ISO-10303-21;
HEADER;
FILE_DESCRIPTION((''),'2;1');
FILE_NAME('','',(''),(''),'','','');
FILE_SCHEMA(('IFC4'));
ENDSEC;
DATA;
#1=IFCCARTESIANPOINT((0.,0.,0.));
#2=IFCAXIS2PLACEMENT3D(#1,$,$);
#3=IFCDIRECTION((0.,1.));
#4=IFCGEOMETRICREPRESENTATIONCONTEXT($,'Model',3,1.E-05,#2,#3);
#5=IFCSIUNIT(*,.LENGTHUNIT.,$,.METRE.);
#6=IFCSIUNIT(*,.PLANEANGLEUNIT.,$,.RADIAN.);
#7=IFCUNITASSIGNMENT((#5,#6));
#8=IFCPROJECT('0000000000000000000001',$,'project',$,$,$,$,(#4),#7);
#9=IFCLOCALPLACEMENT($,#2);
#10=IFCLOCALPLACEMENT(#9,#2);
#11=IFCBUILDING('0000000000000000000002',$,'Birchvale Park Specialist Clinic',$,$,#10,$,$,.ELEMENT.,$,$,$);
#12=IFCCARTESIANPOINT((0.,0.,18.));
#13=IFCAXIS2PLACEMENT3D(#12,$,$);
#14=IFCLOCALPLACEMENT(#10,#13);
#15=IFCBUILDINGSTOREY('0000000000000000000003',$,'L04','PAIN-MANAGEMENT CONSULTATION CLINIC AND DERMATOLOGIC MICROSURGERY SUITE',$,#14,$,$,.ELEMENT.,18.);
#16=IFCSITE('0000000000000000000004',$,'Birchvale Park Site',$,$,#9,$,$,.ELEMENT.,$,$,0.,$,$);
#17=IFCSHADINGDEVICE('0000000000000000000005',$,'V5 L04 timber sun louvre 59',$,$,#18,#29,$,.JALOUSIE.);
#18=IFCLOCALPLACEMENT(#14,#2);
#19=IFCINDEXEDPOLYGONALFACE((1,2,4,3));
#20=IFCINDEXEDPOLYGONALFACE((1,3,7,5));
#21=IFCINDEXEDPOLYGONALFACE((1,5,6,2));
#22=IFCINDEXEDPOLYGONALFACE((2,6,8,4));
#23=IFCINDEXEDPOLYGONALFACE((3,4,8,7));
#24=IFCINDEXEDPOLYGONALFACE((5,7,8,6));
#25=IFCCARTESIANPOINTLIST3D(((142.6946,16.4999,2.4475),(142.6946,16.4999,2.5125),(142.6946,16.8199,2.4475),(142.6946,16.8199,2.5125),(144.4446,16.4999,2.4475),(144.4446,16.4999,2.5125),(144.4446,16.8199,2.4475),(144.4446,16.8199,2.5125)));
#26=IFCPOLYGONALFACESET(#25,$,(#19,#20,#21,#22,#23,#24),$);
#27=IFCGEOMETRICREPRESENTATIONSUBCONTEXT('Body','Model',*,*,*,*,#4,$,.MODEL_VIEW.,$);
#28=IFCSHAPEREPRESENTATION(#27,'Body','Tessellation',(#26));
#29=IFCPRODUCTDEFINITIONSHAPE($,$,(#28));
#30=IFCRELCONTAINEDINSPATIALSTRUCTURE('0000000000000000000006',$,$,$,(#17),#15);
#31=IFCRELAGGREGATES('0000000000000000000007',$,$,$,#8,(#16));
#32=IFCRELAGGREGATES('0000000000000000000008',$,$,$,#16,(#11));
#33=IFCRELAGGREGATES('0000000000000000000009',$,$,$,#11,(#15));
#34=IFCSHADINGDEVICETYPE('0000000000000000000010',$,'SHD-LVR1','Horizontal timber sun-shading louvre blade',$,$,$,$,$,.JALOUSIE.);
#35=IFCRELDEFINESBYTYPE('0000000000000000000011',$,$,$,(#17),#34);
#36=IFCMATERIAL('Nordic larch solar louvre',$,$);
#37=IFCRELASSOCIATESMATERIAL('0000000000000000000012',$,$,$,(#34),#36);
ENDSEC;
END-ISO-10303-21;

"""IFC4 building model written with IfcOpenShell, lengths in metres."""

from ifc_helpers import new_model, si_unit, direction, frame, origin, origin_2d, place, context, subcontext, project, spatial, rectangle, extrude, material, type_object, element, save


model = new_model("IFC4")

# Units and contexts
model_context = context("Model", 3, precision=1e-05, world=origin(), true_north=direction((0.0, 1.0)))
body_context = subcontext(model_context, "Body", "Model", "MODEL_VIEW")
ifc_project = project(units=[si_unit("LENGTHUNIT", "METRE"), si_unit("PLANEANGLEUNIT", "RADIAN")], contexts=[model_context])

# Site, building, storey
site_placement = place(None, origin())
site = spatial("IfcSite", under=ifc_project, at=site_placement, Name="Birchvale Park Site", CompositionType="ELEMENT", RefElevation=0.0)
building_placement = place(site_placement, origin())
building = spatial("IfcBuilding", under=site, at=building_placement, Name="Birchvale Park Specialist Clinic", CompositionType="ELEMENT")
storey_placement = place(building_placement, frame((0.0, 0.0, 18.0)))
storey = spatial("IfcBuildingStorey", under=building, at=storey_placement, Name="L04", Description="PAIN-MANAGEMENT CONSULTATION CLINIC AND DERMATOLOGIC MICROSURGERY SUITE", CompositionType="ELEMENT", Elevation=18.0)

# Shading device
ifc_material_1 = material(Name="Nordic larch solar louvre")
shading_device_type = type_object("IfcShadingDeviceType", Name="SHD-LVR1", Description="Horizontal timber sun-shading louvre blade", PredefinedType="JALOUSIE", material=ifc_material_1)
for number, where, z_axis, x_axis, name in (
    (1, (143.5696, 16.6599, 2.4475), (0.0, 0.0, 1.0), (1.0, 0.0, 0.0), "V5 L04 timber sun louvre 59"),
):
    element("IfcShadingDevice", number, at=place(storey_placement, frame(where, z_axis=z_axis, x_axis=x_axis)), inside=storey, type_object=shading_device_type, Name=name, PredefinedType="JALOUSIE", context=body_context, shape_type="SweptSolid", body=[
        extrude(rectangle(XDim=1.75, YDim=0.3201, at=origin_2d()), origin(), (0.0, 0.0, 1.0), 0.0649),
    ])

save(model, "model.ifc")
